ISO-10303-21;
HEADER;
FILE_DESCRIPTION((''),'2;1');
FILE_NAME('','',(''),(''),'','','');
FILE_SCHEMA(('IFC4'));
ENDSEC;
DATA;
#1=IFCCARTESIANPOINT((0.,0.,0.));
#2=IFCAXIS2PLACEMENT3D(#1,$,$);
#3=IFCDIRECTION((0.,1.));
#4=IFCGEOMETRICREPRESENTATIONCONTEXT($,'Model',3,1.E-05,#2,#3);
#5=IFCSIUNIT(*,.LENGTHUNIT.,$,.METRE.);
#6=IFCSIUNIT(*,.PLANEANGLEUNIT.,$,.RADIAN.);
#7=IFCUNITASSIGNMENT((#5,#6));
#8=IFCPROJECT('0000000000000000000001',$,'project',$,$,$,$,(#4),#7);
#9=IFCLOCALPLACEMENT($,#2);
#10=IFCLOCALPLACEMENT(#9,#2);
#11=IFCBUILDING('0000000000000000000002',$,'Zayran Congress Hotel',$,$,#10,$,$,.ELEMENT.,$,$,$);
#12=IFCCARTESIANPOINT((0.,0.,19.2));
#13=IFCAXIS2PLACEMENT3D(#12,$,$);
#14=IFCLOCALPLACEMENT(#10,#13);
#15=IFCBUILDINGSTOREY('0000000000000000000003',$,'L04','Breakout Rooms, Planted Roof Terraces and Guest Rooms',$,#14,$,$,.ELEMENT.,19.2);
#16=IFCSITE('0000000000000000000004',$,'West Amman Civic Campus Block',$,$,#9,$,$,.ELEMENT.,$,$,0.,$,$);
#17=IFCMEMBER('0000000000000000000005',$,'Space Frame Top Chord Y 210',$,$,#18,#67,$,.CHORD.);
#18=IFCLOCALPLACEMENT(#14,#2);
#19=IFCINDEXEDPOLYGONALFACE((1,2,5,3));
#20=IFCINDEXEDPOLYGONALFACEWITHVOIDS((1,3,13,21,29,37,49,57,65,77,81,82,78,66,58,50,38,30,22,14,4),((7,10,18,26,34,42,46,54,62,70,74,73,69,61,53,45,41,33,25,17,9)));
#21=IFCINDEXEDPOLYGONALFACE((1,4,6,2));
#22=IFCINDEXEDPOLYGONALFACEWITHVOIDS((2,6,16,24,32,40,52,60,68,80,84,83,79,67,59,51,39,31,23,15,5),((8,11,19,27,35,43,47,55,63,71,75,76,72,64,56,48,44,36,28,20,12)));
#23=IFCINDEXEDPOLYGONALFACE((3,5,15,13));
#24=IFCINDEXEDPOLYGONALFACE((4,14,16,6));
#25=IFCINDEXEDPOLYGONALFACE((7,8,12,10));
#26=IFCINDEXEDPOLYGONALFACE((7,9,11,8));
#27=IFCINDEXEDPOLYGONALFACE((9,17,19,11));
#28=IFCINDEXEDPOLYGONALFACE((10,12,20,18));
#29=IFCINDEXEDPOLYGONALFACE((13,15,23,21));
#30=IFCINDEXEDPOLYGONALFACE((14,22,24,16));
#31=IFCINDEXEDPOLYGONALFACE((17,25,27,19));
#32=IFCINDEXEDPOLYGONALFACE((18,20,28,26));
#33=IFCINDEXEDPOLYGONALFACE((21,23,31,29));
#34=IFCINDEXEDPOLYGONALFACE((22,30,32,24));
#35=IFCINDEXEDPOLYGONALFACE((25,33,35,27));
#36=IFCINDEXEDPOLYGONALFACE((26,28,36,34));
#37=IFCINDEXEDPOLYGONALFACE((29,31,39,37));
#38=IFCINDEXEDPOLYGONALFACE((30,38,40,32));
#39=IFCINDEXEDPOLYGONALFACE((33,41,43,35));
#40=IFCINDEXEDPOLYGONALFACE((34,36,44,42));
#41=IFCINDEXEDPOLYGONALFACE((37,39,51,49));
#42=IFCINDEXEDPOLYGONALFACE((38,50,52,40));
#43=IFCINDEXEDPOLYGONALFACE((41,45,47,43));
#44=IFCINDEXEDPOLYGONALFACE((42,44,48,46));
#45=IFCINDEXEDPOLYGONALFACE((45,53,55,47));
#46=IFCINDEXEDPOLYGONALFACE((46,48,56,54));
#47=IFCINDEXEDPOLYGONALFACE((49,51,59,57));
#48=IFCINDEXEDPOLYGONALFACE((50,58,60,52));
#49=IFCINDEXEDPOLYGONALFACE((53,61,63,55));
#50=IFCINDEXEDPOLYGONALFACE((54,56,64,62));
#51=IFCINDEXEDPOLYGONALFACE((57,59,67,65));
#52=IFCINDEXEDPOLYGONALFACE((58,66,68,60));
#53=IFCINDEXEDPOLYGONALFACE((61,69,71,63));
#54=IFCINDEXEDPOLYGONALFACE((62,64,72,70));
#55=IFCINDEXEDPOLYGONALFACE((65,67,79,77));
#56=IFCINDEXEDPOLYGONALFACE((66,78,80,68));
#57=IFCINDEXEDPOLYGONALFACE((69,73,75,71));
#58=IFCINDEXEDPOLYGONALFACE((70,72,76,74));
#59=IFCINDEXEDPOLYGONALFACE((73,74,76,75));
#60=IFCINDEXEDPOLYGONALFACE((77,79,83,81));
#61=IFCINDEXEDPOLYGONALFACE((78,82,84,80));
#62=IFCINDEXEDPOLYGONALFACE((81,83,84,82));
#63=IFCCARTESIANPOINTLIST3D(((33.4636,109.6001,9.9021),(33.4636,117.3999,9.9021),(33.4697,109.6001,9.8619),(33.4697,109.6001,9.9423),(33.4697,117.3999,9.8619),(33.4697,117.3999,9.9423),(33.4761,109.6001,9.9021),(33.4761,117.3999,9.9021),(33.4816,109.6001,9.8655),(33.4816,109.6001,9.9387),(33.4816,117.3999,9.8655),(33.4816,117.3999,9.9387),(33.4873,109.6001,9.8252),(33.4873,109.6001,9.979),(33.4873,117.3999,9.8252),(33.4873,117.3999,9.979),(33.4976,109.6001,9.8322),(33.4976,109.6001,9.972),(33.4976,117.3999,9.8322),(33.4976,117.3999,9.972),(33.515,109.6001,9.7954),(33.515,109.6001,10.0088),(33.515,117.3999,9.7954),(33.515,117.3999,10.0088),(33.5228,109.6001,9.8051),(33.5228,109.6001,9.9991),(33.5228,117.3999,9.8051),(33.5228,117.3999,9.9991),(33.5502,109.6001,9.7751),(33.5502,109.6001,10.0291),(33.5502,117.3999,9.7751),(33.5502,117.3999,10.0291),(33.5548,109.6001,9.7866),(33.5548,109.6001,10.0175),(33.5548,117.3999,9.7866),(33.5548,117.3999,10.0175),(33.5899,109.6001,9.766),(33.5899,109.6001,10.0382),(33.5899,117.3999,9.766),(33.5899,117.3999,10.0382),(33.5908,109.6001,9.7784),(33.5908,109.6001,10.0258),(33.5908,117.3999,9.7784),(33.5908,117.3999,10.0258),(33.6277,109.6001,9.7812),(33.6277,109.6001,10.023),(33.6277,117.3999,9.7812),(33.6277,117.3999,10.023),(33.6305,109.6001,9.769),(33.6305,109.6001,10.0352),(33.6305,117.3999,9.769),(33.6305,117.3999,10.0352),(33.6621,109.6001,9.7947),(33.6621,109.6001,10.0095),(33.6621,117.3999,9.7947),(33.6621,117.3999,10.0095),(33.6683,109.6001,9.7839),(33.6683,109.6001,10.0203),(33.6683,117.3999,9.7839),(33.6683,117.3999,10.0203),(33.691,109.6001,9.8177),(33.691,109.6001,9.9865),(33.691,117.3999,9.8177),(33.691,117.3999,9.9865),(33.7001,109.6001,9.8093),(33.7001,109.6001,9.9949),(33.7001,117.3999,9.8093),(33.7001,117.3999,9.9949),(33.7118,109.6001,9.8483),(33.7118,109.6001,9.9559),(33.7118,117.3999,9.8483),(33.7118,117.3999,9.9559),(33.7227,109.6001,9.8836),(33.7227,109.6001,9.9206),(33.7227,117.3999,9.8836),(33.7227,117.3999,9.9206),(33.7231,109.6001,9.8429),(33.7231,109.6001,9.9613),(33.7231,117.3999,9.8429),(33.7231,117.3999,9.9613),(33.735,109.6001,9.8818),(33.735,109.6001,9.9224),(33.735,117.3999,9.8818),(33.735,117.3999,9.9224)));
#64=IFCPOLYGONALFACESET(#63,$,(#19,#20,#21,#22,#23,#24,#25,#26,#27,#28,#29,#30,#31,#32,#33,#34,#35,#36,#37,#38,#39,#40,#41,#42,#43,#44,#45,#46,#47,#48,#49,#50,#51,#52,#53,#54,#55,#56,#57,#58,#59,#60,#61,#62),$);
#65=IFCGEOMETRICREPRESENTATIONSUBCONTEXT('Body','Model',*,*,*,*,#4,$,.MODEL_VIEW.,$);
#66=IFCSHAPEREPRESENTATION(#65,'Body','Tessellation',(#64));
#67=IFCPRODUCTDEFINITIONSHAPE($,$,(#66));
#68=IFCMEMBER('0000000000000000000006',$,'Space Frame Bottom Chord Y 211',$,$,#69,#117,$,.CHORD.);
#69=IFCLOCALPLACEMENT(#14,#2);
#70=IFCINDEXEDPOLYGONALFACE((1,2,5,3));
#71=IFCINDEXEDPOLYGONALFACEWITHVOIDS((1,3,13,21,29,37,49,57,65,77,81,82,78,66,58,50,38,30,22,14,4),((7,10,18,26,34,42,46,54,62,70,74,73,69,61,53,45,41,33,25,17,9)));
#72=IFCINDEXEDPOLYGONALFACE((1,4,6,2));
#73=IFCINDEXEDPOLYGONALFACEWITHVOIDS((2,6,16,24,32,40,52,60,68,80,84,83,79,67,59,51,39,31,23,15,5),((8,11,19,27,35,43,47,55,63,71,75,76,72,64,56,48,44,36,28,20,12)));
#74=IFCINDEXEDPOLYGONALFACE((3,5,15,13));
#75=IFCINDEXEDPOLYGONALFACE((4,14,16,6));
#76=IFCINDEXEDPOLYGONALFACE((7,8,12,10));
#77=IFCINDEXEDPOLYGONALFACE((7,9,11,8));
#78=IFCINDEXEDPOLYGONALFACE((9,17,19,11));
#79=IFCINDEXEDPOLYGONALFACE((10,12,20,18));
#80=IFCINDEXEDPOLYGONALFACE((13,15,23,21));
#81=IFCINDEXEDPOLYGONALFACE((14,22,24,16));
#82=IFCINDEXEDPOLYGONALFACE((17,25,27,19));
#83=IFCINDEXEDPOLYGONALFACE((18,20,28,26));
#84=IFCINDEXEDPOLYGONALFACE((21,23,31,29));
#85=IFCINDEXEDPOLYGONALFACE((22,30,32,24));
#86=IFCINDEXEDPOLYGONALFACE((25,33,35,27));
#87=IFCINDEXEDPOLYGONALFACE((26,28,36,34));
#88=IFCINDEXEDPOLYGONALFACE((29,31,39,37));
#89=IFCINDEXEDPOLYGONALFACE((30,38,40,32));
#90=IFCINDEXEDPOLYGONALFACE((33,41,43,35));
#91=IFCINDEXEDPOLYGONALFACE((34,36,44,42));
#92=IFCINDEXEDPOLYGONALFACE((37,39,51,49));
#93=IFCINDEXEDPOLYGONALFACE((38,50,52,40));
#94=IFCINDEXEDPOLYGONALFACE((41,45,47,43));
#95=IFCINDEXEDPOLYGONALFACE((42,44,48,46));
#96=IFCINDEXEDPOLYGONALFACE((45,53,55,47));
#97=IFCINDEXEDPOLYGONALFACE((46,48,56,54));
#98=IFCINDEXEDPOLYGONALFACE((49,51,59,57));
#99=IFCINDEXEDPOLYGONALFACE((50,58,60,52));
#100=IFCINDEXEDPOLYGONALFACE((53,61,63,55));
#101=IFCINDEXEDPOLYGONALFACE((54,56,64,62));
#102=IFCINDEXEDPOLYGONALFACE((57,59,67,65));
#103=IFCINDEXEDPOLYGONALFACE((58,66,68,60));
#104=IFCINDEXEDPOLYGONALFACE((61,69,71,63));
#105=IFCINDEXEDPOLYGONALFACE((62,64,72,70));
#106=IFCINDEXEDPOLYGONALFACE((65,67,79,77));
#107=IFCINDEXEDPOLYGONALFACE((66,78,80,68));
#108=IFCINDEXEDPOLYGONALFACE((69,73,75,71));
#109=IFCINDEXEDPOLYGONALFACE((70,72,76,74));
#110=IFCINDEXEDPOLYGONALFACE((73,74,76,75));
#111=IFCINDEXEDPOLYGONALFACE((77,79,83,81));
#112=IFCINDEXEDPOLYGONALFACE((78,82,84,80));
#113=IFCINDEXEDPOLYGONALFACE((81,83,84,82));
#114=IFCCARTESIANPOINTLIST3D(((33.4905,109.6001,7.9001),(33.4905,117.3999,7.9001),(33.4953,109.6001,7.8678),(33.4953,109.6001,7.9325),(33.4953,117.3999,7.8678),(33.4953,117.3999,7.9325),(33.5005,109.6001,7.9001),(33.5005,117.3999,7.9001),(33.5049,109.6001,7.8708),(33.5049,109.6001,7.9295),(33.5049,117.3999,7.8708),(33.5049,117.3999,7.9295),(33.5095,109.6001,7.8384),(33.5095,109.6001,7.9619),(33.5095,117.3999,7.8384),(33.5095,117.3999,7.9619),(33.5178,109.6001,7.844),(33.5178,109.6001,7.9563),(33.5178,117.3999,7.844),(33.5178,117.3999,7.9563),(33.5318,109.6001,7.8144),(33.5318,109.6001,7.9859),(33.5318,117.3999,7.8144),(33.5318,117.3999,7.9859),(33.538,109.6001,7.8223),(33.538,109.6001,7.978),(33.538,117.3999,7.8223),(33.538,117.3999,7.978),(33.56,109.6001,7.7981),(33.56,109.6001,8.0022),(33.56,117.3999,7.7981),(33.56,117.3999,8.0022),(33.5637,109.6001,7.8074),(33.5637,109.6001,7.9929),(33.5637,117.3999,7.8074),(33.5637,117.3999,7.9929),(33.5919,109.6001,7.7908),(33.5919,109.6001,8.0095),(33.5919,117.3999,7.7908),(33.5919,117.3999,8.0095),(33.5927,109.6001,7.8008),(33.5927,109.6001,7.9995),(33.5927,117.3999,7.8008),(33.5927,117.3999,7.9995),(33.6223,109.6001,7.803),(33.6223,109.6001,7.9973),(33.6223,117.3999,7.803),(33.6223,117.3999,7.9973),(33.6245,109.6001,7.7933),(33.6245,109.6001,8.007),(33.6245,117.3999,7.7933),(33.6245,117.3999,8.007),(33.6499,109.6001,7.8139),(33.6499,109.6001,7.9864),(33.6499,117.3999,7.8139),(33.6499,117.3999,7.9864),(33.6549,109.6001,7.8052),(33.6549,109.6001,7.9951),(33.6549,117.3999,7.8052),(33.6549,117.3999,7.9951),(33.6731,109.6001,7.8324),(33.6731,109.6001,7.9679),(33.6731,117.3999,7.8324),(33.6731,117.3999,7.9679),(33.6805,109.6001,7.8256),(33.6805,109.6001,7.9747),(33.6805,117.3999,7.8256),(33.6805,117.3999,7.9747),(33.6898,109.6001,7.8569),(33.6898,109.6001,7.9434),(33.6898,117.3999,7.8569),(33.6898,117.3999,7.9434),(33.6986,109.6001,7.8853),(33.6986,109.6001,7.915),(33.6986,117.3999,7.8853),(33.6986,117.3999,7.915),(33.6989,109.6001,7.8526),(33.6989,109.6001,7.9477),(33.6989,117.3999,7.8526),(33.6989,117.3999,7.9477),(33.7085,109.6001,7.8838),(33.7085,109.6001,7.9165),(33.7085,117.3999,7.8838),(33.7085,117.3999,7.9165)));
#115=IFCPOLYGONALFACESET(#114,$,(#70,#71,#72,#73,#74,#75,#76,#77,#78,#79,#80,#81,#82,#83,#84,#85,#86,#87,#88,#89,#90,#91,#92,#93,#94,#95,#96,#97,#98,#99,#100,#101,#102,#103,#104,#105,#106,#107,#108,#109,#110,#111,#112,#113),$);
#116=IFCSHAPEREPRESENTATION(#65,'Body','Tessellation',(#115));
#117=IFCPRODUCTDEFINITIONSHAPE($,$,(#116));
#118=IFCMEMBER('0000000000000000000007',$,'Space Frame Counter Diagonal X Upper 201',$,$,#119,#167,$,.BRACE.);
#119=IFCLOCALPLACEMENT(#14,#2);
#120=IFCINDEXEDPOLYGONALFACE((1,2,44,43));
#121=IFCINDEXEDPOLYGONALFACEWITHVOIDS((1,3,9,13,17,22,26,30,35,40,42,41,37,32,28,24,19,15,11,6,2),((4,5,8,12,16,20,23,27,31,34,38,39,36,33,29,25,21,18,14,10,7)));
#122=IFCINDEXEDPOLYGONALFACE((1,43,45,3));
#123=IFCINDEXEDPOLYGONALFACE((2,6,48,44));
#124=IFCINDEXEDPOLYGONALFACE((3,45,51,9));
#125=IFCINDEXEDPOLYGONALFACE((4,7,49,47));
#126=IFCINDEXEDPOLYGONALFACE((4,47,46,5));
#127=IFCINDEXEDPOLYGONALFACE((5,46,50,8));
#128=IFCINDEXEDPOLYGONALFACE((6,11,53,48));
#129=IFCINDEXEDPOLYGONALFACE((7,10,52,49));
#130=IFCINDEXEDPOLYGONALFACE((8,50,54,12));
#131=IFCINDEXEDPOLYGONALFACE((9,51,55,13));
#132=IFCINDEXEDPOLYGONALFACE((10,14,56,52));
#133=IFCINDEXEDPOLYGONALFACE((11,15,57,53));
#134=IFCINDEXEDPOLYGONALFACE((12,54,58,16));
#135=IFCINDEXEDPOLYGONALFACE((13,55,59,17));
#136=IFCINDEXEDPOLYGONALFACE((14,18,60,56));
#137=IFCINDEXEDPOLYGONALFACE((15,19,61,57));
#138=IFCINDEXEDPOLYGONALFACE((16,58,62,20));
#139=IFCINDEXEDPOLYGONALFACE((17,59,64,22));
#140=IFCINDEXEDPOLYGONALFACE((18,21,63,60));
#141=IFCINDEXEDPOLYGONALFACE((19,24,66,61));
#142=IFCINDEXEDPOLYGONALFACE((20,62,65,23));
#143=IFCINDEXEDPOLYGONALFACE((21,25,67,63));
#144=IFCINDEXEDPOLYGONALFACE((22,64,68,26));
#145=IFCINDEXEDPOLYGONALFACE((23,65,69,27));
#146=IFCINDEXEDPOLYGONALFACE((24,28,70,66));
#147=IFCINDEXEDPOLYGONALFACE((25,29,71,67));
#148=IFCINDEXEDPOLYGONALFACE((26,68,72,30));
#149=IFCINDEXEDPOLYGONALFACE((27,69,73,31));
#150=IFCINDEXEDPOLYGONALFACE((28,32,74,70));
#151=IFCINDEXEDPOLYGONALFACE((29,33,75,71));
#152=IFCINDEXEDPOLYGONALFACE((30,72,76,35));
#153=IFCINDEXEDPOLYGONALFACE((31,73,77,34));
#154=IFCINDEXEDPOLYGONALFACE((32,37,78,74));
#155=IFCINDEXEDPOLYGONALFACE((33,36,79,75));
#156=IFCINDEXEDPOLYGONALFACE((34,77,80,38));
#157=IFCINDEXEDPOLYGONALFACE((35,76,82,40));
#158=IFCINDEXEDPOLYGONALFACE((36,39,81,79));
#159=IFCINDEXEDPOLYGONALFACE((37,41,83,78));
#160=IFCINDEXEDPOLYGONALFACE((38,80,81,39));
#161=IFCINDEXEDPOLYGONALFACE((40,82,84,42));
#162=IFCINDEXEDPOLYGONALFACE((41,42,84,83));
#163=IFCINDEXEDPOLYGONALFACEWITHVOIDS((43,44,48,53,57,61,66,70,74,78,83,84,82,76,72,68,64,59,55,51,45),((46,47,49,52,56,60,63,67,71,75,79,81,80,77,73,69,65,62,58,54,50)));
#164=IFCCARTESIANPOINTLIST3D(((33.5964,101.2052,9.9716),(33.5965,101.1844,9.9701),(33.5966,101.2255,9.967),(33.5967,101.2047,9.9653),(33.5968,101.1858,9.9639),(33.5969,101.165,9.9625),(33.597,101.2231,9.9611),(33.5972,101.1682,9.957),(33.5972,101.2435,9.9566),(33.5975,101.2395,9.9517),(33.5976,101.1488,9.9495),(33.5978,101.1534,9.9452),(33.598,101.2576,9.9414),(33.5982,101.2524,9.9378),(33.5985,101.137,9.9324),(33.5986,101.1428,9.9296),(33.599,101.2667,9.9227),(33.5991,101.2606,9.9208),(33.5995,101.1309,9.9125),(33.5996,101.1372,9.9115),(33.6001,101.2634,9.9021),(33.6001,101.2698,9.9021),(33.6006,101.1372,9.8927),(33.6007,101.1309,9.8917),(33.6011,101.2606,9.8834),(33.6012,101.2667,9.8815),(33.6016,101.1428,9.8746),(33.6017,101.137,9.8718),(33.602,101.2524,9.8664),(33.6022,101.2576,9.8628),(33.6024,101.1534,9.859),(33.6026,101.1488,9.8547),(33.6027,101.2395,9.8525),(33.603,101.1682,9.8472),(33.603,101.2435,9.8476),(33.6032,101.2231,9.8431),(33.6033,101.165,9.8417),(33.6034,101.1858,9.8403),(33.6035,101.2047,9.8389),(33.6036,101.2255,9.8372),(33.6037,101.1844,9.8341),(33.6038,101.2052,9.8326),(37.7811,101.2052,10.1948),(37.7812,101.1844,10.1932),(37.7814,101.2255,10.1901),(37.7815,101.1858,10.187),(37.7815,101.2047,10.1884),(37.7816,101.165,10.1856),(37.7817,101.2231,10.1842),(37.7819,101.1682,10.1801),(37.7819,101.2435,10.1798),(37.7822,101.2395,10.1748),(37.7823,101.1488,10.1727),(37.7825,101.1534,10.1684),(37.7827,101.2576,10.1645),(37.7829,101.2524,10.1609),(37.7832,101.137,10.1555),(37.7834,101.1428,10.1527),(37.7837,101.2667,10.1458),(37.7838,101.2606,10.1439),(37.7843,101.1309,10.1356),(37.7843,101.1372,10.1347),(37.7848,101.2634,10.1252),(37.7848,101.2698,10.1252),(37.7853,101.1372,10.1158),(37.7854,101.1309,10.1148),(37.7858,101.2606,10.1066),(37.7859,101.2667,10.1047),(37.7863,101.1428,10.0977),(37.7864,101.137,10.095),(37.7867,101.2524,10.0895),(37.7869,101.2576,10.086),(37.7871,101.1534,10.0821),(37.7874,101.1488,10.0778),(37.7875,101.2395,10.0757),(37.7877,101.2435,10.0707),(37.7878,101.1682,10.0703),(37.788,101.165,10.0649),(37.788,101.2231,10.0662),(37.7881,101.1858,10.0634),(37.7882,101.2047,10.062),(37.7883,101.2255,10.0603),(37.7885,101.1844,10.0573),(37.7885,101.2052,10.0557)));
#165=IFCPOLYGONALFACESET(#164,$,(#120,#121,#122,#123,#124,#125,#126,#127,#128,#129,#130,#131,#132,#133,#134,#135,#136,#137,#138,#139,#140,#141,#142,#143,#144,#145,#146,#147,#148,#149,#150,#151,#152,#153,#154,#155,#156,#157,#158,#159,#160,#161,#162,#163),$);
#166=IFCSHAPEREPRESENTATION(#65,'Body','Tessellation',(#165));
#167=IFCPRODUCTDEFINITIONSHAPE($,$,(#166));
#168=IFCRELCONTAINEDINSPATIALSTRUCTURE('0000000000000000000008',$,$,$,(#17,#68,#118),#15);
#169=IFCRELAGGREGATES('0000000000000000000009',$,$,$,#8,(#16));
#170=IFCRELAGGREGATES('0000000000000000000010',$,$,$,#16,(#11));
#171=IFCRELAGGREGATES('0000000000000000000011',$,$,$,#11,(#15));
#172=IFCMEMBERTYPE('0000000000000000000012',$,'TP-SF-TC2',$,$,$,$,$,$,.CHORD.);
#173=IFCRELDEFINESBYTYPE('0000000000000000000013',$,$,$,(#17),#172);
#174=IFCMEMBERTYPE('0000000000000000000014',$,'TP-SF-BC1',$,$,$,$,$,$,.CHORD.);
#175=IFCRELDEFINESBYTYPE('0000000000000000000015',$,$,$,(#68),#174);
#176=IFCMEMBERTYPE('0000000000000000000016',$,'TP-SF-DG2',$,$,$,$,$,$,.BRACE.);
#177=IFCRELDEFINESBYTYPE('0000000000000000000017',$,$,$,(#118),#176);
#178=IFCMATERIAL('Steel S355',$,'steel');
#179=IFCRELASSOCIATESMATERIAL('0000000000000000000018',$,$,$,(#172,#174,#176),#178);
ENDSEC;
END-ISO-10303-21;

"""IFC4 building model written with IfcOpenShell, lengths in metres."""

from ifc_helpers import new_model, si_unit, direction, frame, origin, origin_2d, place, context, subcontext, project, spatial, hollow_circle, extrude, material, material_profile, profile_set, type_object, element, save


model = new_model("IFC4")

# Units and contexts
model_context = context("Model", 3, precision=1e-05, world=origin(), true_north=direction((0.0, 1.0)))
body_context = subcontext(model_context, "Body", "Model", "MODEL_VIEW")
ifc_project = project(units=[si_unit("LENGTHUNIT", "METRE"), si_unit("PLANEANGLEUNIT", "RADIAN")], contexts=[model_context])

# Site, building, storey
site_placement = place(None, origin())
site = spatial("IfcSite", under=ifc_project, at=site_placement, Name="West Amman Civic Campus Block", CompositionType="ELEMENT", RefElevation=0.0)
building_placement = place(site_placement, origin())
building = spatial("IfcBuilding", under=site, at=building_placement, Name="Zayran Congress Hotel", CompositionType="ELEMENT")
storey_placement = place(building_placement, frame((0.0, 0.0, 19.2)))
storey = spatial("IfcBuildingStorey", under=building, at=storey_placement, Name="L04", Description="Breakout Rooms, Planted Roof Terraces and Guest Rooms", CompositionType="ELEMENT", Elevation=19.2)

# Members
ifc_material_1 = material(Name="Steel S355", Category="steel")
ifc_material_profile_1 = material_profile(ifc_material_1, hollow_circle(Radius=0.1365, WallThickness=0.0125, at=origin_2d()), Name="CHS 273x12.5")
ifc_profile_set_1 = profile_set([ifc_material_profile_1], Name="Steel S355")
member_type_1 = type_object("IfcMemberType", Name="TP-SF-TC2", PredefinedType="CHORD", material=ifc_profile_set_1)
member_1_placement = place(storey_placement, frame((33.6001, 109.6001, 9.9021), z_axis=(0.0, 1.0, 0.0), x_axis=(-1.0, 0.0, 0.0)))
element("IfcMember", 1, at=member_1_placement, inside=storey, type_object=member_type_1, Name="Space Frame Top Chord Y 210", PredefinedType="CHORD", context=body_context, shape_type="SweptSolid", body=[
    extrude(hollow_circle(Radius=0.1365, WallThickness=0.0125, at=origin_2d()), origin(), (0.0, 0.0, 1.0), 7.7998),
])
ifc_material_profile_2 = material_profile(ifc_material_1, hollow_circle(Radius=0.1096, WallThickness=0.01, at=origin_2d()), Name="CHS 219.1x10")
ifc_profile_set_2 = profile_set([ifc_material_profile_2], Name="Steel S355")
member_type_2 = type_object("IfcMemberType", Name="TP-SF-BC1", PredefinedType="CHORD", material=ifc_profile_set_2)
member_2_placement = place(storey_placement, frame((33.6001, 109.6001, 7.9001), z_axis=(0.0, 1.0, 0.0), x_axis=(-1.0, 0.0, 0.0)))
element("IfcMember", 2, at=member_2_placement, inside=storey, type_object=member_type_2, Name="Space Frame Bottom Chord Y 211", PredefinedType="CHORD", context=body_context, shape_type="SweptSolid", body=[
    extrude(hollow_circle(Radius=0.1096, WallThickness=0.01, at=origin_2d()), origin(), (0.0, 0.0, 1.0), 7.7998),
])
ifc_material_profile_3 = material_profile(ifc_material_1, hollow_circle(Radius=0.0698, WallThickness=0.0063, at=origin_2d()), Name="CHS 139.7x6.3")
ifc_profile_set_3 = profile_set([ifc_material_profile_3], Name="Steel S355")
member_type_3 = type_object("IfcMemberType", Name="TP-SF-DG2", PredefinedType="BRACE", material=ifc_profile_set_3)
for number, where, z_axis, x_axis, name in (
    (3, (33.6001, 101.2, 9.9021), (0.998581, 0.0, 0.053247), (0.0, 1.0, 0.0), "Space Frame Counter Diagonal X Upper 201"),
):
    element("IfcMember", number, at=place(storey_placement, frame(where, z_axis=z_axis, x_axis=x_axis)), inside=storey, type_object=member_type_3, Name=name, PredefinedType="BRACE", context=body_context, shape_type="SweptSolid", body=[
        extrude(hollow_circle(Radius=0.0698, WallThickness=0.0063, at=origin_2d()), origin(), (0.0, 0.0, 1.0), 4.1907),
    ])

save(model, "model.ifc")
